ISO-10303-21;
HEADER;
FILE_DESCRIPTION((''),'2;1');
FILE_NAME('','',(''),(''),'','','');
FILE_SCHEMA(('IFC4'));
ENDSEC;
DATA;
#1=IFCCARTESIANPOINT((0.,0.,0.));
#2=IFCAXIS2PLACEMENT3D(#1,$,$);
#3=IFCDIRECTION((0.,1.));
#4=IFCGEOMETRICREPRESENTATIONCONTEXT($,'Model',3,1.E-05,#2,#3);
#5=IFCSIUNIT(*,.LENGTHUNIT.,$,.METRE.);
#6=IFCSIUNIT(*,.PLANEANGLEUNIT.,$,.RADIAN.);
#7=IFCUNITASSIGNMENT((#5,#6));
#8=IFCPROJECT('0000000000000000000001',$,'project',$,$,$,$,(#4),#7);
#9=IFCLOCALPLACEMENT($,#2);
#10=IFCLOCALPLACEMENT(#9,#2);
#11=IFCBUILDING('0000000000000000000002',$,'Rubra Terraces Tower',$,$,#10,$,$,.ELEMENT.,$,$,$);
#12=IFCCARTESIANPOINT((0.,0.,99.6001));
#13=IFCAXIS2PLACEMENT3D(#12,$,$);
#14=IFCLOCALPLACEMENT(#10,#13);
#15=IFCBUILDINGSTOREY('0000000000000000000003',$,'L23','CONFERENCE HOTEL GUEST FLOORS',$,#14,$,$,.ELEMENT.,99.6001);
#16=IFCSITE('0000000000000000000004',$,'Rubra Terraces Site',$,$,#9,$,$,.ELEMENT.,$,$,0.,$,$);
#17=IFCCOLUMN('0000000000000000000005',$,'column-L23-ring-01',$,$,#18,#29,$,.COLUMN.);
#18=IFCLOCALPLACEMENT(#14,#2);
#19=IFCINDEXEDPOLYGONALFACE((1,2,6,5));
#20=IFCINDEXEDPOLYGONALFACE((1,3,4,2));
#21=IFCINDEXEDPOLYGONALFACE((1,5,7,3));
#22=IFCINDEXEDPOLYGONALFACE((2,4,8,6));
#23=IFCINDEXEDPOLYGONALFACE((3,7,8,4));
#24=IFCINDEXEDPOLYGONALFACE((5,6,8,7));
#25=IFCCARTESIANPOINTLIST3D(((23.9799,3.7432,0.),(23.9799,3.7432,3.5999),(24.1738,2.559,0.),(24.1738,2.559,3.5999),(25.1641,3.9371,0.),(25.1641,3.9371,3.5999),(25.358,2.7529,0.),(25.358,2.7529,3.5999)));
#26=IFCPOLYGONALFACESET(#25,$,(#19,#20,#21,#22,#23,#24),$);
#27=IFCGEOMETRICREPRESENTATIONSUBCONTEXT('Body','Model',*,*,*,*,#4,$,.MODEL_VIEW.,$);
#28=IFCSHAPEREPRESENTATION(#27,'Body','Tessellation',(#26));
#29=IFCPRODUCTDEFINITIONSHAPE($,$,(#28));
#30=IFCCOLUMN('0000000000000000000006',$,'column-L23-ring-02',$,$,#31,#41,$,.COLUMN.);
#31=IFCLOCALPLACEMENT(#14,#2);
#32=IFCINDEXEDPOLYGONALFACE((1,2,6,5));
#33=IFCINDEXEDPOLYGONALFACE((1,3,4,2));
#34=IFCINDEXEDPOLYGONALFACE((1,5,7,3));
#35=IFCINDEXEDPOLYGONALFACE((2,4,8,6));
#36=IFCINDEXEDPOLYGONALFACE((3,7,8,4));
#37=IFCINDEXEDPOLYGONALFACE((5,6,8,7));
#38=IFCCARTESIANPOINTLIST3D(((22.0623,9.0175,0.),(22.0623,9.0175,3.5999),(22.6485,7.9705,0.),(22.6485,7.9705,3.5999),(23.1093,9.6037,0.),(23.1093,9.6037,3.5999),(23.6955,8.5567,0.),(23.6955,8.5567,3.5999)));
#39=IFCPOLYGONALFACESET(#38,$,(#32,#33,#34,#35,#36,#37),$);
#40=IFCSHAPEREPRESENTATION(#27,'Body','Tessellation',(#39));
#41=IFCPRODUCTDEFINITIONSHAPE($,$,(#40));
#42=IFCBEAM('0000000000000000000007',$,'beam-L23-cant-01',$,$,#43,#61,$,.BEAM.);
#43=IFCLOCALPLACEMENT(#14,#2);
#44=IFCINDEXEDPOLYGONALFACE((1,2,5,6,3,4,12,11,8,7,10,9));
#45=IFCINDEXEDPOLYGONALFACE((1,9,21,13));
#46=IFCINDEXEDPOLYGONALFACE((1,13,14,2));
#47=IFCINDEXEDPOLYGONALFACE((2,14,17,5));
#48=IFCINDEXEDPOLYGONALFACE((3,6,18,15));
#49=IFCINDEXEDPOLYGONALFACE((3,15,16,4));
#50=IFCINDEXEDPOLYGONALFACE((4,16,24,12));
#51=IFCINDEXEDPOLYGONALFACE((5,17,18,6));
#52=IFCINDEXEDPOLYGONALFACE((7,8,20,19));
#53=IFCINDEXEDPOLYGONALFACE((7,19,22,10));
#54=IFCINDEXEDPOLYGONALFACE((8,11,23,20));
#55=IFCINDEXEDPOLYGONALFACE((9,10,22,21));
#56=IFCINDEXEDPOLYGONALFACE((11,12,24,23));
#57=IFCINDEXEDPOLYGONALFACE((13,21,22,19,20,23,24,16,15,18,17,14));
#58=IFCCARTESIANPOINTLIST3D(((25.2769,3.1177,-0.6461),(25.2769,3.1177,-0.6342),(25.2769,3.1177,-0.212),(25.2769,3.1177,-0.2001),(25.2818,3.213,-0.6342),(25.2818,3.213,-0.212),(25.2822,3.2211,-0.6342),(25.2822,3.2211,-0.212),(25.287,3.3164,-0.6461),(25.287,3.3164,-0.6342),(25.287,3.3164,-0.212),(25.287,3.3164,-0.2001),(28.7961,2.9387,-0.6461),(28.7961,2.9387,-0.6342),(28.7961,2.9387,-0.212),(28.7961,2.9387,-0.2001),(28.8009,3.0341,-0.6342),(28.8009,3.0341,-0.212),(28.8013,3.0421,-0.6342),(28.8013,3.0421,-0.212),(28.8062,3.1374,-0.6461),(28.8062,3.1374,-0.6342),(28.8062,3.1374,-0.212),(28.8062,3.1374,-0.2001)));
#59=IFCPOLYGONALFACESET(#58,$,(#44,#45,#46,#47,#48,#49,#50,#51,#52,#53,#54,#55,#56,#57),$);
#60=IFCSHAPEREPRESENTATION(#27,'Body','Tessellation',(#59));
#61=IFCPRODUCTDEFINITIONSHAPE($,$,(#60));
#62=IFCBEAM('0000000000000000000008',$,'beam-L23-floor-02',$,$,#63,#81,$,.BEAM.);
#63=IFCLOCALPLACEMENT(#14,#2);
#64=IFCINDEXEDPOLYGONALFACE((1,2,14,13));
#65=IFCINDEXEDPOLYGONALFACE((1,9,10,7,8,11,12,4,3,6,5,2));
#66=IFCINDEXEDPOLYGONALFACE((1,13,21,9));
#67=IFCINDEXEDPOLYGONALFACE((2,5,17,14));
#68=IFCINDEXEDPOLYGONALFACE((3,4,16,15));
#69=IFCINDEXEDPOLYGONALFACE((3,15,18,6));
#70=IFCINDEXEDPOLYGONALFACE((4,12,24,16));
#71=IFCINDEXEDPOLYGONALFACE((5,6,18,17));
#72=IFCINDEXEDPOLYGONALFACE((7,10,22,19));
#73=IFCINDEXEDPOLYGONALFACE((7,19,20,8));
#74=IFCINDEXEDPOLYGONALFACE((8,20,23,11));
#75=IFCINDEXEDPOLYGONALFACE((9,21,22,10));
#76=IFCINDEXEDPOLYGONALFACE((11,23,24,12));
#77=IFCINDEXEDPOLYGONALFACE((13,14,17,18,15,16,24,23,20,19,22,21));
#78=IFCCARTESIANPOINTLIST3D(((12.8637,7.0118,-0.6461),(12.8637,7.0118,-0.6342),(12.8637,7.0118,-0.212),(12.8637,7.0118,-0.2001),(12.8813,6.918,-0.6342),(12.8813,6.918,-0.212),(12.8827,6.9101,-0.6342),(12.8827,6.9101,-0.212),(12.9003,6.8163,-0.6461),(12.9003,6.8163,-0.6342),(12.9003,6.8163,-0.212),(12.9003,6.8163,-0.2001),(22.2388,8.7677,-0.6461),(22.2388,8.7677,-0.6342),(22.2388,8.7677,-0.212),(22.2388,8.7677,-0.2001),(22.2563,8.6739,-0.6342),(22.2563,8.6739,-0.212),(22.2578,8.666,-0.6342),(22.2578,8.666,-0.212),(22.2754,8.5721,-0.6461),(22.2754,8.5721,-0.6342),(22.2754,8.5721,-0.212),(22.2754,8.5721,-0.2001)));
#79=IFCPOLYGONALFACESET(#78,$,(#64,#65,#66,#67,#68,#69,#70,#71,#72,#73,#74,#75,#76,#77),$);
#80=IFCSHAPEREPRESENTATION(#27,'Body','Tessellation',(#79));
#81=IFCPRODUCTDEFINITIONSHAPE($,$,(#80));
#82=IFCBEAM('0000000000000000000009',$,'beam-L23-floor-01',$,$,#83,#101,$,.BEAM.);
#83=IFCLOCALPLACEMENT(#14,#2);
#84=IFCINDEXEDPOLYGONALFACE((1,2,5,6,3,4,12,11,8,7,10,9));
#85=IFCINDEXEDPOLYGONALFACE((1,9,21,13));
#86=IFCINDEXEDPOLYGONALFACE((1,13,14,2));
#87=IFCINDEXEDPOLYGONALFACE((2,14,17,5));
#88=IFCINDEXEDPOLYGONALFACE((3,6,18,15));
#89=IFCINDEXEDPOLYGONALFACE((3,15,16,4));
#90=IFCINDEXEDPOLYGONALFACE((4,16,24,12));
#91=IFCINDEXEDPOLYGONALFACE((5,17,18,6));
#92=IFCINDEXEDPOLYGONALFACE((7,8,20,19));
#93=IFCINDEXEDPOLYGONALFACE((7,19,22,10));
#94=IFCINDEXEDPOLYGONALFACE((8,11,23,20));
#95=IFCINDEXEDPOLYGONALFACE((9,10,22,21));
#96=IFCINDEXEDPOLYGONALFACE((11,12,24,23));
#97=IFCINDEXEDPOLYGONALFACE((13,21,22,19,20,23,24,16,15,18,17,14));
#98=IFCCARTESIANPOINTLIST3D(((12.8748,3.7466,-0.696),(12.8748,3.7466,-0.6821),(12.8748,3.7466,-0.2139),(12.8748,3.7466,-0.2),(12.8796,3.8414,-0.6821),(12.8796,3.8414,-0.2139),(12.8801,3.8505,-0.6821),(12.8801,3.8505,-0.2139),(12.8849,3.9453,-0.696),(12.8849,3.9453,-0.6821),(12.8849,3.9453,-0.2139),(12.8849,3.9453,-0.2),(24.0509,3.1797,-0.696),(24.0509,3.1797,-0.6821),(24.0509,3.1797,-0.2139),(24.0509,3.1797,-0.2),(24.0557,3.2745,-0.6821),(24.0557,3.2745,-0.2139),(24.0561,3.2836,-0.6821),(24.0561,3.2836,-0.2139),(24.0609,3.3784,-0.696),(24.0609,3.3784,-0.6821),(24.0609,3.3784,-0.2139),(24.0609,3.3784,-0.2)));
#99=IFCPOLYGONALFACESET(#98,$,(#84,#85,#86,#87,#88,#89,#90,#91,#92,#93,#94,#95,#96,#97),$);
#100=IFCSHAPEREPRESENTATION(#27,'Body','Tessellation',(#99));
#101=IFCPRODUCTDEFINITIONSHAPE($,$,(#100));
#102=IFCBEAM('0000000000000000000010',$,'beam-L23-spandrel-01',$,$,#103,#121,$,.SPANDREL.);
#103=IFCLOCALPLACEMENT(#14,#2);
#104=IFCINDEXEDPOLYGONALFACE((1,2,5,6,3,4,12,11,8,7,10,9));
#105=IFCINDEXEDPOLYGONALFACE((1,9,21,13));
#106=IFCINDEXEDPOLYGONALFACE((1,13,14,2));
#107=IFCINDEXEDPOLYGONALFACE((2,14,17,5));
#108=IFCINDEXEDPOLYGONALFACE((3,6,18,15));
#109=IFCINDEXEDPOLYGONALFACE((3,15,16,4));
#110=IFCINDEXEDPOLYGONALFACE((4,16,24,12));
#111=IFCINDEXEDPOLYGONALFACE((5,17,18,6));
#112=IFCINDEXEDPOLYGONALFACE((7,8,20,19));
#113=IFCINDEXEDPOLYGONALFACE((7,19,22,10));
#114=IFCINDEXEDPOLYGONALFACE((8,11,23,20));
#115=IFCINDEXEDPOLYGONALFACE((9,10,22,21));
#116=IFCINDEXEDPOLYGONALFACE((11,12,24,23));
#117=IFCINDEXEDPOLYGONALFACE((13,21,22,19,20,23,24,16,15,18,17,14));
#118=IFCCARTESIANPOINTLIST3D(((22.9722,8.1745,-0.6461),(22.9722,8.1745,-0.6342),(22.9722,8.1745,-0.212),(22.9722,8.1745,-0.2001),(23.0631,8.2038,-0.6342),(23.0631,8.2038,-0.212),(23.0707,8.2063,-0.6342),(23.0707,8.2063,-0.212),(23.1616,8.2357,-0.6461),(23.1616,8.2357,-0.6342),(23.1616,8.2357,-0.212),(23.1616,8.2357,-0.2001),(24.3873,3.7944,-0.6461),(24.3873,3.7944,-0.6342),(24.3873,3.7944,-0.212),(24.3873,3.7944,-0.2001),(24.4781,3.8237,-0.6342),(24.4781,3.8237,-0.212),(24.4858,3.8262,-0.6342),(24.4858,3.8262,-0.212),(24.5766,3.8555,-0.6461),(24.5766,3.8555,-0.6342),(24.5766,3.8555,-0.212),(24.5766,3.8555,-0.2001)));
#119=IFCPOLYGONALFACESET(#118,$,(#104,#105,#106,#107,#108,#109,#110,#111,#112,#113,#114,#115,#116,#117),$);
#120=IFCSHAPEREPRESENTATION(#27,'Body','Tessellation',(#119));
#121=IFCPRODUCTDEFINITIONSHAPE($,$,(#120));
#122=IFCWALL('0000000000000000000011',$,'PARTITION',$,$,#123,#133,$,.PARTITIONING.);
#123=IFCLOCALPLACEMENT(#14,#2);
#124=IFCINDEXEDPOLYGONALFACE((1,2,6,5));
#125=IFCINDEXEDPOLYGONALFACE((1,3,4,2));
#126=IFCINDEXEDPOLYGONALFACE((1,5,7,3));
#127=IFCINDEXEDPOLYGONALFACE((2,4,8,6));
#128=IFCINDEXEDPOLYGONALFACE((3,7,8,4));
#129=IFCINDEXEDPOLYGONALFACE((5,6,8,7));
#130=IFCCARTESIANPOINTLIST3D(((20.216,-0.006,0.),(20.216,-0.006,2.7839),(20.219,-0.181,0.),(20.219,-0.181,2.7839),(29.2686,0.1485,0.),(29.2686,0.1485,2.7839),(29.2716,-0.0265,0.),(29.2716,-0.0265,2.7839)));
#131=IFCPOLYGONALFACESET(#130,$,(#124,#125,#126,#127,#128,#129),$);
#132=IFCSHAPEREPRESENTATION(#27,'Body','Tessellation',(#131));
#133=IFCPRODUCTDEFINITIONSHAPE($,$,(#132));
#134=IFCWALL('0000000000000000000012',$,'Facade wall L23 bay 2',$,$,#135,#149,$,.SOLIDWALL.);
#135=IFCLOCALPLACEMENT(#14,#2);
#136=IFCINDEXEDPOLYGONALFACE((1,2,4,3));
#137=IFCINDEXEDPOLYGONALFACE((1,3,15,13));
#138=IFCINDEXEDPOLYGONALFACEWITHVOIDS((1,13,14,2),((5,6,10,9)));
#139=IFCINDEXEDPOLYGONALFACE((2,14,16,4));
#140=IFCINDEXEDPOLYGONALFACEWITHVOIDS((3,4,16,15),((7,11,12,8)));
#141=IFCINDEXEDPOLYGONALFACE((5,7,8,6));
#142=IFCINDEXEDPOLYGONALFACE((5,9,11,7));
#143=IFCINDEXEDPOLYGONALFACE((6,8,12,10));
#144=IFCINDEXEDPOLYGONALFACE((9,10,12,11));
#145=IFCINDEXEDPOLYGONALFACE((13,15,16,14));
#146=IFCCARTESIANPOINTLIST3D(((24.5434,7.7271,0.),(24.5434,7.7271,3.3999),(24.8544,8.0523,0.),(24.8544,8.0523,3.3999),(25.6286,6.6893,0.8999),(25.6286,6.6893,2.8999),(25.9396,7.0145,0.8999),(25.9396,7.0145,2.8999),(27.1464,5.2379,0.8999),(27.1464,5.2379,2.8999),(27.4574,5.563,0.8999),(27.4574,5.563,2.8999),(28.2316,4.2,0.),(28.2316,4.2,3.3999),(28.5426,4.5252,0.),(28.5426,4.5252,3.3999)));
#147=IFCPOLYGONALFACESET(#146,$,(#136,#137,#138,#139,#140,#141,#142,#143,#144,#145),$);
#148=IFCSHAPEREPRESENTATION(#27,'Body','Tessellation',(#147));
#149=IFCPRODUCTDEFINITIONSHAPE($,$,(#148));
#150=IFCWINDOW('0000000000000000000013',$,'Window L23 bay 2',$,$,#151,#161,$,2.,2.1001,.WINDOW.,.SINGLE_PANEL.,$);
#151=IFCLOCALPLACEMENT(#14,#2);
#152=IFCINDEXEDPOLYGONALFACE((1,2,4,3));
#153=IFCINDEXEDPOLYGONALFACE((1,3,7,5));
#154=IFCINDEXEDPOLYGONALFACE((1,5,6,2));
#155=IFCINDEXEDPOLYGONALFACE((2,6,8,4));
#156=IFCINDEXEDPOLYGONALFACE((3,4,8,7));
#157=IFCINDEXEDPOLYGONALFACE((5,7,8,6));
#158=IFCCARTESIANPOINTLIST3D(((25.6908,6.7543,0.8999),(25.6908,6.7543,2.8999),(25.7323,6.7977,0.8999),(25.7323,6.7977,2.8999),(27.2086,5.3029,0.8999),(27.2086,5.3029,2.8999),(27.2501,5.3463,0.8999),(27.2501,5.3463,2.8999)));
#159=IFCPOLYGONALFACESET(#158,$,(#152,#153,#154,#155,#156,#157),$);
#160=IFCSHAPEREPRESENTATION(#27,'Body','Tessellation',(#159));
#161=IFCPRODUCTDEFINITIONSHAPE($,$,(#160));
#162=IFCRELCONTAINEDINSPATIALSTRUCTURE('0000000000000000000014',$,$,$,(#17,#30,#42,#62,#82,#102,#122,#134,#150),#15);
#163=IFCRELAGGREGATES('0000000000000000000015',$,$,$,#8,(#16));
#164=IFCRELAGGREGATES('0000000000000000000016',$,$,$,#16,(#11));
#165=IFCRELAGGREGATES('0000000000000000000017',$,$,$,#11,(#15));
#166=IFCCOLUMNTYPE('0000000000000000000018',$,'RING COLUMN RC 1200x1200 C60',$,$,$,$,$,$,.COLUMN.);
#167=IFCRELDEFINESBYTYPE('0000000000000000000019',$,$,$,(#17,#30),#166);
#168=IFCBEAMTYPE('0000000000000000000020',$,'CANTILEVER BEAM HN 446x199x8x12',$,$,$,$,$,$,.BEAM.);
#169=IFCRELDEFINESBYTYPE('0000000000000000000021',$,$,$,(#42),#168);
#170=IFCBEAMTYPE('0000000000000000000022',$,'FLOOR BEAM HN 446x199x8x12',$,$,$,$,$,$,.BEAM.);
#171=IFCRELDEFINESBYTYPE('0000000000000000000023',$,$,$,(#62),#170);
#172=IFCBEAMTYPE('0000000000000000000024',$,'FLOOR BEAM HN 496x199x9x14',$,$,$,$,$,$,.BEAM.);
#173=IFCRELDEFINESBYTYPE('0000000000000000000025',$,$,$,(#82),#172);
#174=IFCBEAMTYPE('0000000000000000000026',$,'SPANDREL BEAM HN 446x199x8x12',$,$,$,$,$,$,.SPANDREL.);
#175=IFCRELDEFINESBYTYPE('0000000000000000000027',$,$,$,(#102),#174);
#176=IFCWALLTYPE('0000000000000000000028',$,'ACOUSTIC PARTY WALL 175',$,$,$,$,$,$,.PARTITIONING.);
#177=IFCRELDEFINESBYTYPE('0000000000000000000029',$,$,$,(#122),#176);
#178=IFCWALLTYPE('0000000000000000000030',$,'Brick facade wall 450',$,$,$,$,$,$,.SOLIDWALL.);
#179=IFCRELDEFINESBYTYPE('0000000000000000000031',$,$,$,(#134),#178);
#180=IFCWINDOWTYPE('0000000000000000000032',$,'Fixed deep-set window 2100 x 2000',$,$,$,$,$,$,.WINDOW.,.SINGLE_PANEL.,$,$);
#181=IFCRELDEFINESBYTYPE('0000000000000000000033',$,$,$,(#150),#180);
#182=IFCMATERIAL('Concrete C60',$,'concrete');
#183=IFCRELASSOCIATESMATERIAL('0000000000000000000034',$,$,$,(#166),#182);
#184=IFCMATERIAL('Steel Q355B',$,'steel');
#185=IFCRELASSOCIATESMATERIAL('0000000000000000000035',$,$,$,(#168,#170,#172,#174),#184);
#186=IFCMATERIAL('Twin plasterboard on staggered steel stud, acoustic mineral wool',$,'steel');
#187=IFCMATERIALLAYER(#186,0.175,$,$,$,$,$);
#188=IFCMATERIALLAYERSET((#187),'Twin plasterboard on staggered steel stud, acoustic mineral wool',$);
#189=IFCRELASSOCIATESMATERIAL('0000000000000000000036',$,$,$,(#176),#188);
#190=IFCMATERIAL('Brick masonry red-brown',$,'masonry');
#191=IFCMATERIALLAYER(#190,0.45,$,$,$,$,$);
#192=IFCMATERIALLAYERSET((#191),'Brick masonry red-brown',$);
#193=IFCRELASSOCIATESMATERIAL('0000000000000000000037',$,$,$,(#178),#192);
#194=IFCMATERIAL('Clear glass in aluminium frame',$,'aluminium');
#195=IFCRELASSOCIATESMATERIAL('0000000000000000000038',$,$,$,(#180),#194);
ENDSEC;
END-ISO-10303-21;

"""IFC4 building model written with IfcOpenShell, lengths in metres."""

from ifc_helpers import new_model, si_unit, direction, frame, frame_2d, origin, origin_2d, place, context, subcontext, project, spatial, rectangle, i_section, extrude, material, layer, layer_set, material_profile, profile_set, type_object, element, fill, save


model = new_model("IFC4")

# Units and contexts
model_context = context("Model", 3, precision=1e-05, world=origin(), true_north=direction((0.0, 1.0)))
body_context = subcontext(model_context, "Body", "Model", "MODEL_VIEW")
ifc_project = project(units=[si_unit("LENGTHUNIT", "METRE"), si_unit("PLANEANGLEUNIT", "RADIAN")], contexts=[model_context])

# Site, building, storey
site_placement = place(None, origin())
site = spatial("IfcSite", under=ifc_project, at=site_placement, Name="Rubra Terraces Site", CompositionType="ELEMENT", RefElevation=0.0)
building_placement = place(site_placement, origin())
building = spatial("IfcBuilding", under=site, at=building_placement, Name="Rubra Terraces Tower", CompositionType="ELEMENT")
storey_placement = place(building_placement, frame((0.0, 0.0, 99.6001)))
storey = spatial("IfcBuildingStorey", under=building, at=storey_placement, Name="L23", Description="CONFERENCE HOTEL GUEST FLOORS", CompositionType="ELEMENT", Elevation=99.6001)

# Columns
ifc_material_1 = material(Name="Concrete C60", Category="concrete")
ifc_material_profile_1 = material_profile(ifc_material_1, rectangle(XDim=1.2, YDim=1.2, at=origin_2d()), Name="RC 1200x1200")
ifc_profile_set_1 = profile_set([ifc_material_profile_1], Name="Concrete C60")
column_type = type_object("IfcColumnType", Name="RING COLUMN RC 1200x1200 C60", PredefinedType="COLUMN", material=ifc_profile_set_1)
for number, where, z_axis, x_axis, name in (
    (1, (24.6689, 3.248, 0.0), (0.0, 0.0, 1.0), (-0.161559, 0.986863, 0.0), "column-L23-ring-01"),
    (2, (22.8789, 8.7871, 0.0), (0.0, 0.0, 1.0), (-0.488526, 0.872549, 0.0), "column-L23-ring-02"),
):
    element("IfcColumn", number, at=place(storey_placement, frame(where, z_axis=z_axis, x_axis=x_axis)), inside=storey, type_object=column_type, Name=name, PredefinedType="COLUMN", context=body_context, shape_type="SweptSolid", body=[
        extrude(rectangle(XDim=1.2, YDim=1.2, at=origin_2d()), origin(), (0.0, 0.0, 1.0), 3.5999),
    ])

# Beams
ifc_material_2 = material(Name="Steel Q355B", Category="steel")
ifc_material_profile_2 = material_profile(ifc_material_2, i_section(OverallWidth=0.199, OverallDepth=0.446, WebThickness=0.0081, FlangeThickness=0.012, at=origin_2d()), Name="HN 446x199x8x12")
ifc_profile_set_2 = profile_set([ifc_material_profile_2], Name="Steel Q355B")
beam_type_1 = type_object("IfcBeamType", Name="CANTILEVER BEAM HN 446x199x8x12", PredefinedType="BEAM", material=ifc_profile_set_2)
beam_1_placement = place(storey_placement, frame((25.282, 3.217, -0.4231), z_axis=(0.998709, -0.050788, 0.0), x_axis=(0.050788, 0.998709, 0.0)))
element("IfcBeam", 3, at=beam_1_placement, inside=storey, type_object=beam_type_1, Name="beam-L23-cant-01", PredefinedType="BEAM", context=body_context, shape_type="SweptSolid", body=[
    extrude(i_section(OverallWidth=0.199, OverallDepth=0.446, WebThickness=0.0081, FlangeThickness=0.012, at=origin_2d()), origin(), (0.0, 0.0, 1.0), 3.5237),
])
ifc_material_profile_3 = material_profile(ifc_material_2, i_section(OverallWidth=0.199, OverallDepth=0.446, WebThickness=0.0081, FlangeThickness=0.012, at=origin_2d()), Name="HN 446x199x8x12")
ifc_profile_set_3 = profile_set([ifc_material_profile_3], Name="Steel Q355B")
beam_type_2 = type_object("IfcBeamType", Name="FLOOR BEAM HN 446x199x8x12", PredefinedType="BEAM", material=ifc_profile_set_3)
beam_2_placement = place(storey_placement, frame((22.2571, 8.6699, -0.4231), z_axis=(-0.982909, -0.184091, 0.0), x_axis=(0.184091, -0.982909, 0.0)))
element("IfcBeam", 4, at=beam_2_placement, inside=storey, type_object=beam_type_2, Name="beam-L23-floor-02", PredefinedType="BEAM", context=body_context, shape_type="SweptSolid", body=[
    extrude(i_section(OverallWidth=0.199, OverallDepth=0.446, WebThickness=0.0081, FlangeThickness=0.012, at=origin_2d()), origin(), (0.0, 0.0, 1.0), 9.5381),
])
ifc_material_profile_4 = material_profile(ifc_material_2, i_section(OverallWidth=0.199, OverallDepth=0.4961, WebThickness=0.009, FlangeThickness=0.0139, at=origin_2d()), Name="HN 496x199x9x14")
ifc_profile_set_4 = profile_set([ifc_material_profile_4], Name="Steel Q355B")
beam_type_3 = type_object("IfcBeamType", Name="FLOOR BEAM HN 496x199x9x14", PredefinedType="BEAM", material=ifc_profile_set_4)
beam_3_placement = place(storey_placement, frame((24.0559, 3.2791, -0.448), z_axis=(-0.998716, 0.050659, 0.0), x_axis=(-0.050659, -0.998716, 0.0)))
element("IfcBeam", 5, at=beam_3_placement, inside=storey, type_object=beam_type_3, Name="beam-L23-floor-01", PredefinedType="BEAM", context=body_context, shape_type="SweptSolid", body=[
    extrude(i_section(OverallWidth=0.199, OverallDepth=0.4961, WebThickness=0.009, FlangeThickness=0.0139, at=origin_2d()), origin(), (0.0, 0.0, 1.0), 11.1904),
])
ifc_material_profile_5 = material_profile(ifc_material_2, i_section(OverallWidth=0.199, OverallDepth=0.446, WebThickness=0.0081, FlangeThickness=0.012, at=origin_2d()), Name="HN 446x199x8x12")
ifc_profile_set_5 = profile_set([ifc_material_profile_5], Name="Steel Q355B")
beam_type_4 = type_object("IfcBeamType", Name="SPANDREL BEAM HN 446x199x8x12", PredefinedType="SPANDREL", material=ifc_profile_set_5)
beam_4_placement = place(storey_placement, frame((24.4819, 3.825, -0.4231), z_axis=(-0.307415, 0.951576, 0.0), x_axis=(-0.951576, -0.307415, 0.0)))
element("IfcBeam", 6, at=beam_4_placement, inside=storey, type_object=beam_type_4, Name="beam-L23-spandrel-01", PredefinedType="SPANDREL", context=body_context, shape_type="SweptSolid", body=[
    extrude(i_section(OverallWidth=0.199, OverallDepth=0.446, WebThickness=0.0081, FlangeThickness=0.012, at=origin_2d()), origin(), (0.0, 0.0, 1.0), 4.603),
])

# Wall
ifc_material_3 = material(Name="Twin plasterboard on staggered steel stud, acoustic mineral wool", Category="steel")
ifc_layer_1 = layer(ifc_material_3, 0.175)
ifc_layer_set_1 = layer_set([ifc_layer_1], Name="Twin plasterboard on staggered steel stud, acoustic mineral wool")
wall_type_1 = type_object("IfcWallType", Name="ACOUSTIC PARTY WALL 175", PredefinedType="PARTITIONING", material=ifc_layer_set_1)
wall_1_placement = place(storey_placement, frame((29.27, 0.061, 0.0), z_axis=(0.0, 0.0, 1.0), x_axis=(-0.999854, -0.017069, 0.0)))
element("IfcWall", 7, at=wall_1_placement, inside=storey, type_object=wall_type_1, Name="PARTITION", PredefinedType="PARTITIONING", context=body_context, shape_type="SweptSolid", body=[
    extrude(rectangle(XDim=9.054, YDim=0.175, at=frame_2d((4.5269, 0.0))), origin(), (0.0, 0.0, 1.0), 2.7839),
])

# Wall, opening, window
ifc_material_4 = material(Name="Brick masonry red-brown", Category="masonry")
ifc_layer_2 = layer(ifc_material_4, 0.45)
ifc_layer_set_2 = layer_set([ifc_layer_2], Name="Brick masonry red-brown")
wall_type_2 = type_object("IfcWallType", Name="Brick facade wall 450", PredefinedType="SOLIDWALL", material=ifc_layer_set_2)
wall_2_placement = place(storey_placement, frame((28.3872, 4.3625, 0.0), z_axis=(0.0, 0.0, 1.0), x_axis=(-0.722718, 0.691143, 0.0)))
wall_2 = element("IfcWall", 8, at=wall_2_placement, inside=storey, type_object=wall_type_2, Name="Facade wall L23 bay 2", PredefinedType="SOLIDWALL", context=body_context, shape_type="SweptSolid", body=[
    extrude(rectangle(XDim=5.1033, YDim=0.45, at=frame_2d((2.5518, 0.0))), origin(), (0.0, 0.0, 1.0), 3.3999),
])
opening_1_placement = place(wall_2_placement, frame((1.5017, 0.0, 0.8999)))
opening_1 = element("IfcOpeningElement", 9, at=opening_1_placement, cuts=wall_2, PredefinedType="OPENING", context=body_context, shape_type="SweptSolid", body=[
    extrude(rectangle(XDim=2.1001, YDim=2.0, at=frame_2d((1.05, 1.0))), frame((0.0, 0.2349, 0.0), z_axis=(0.0, -1.0, 0.0), x_axis=(1.0, 0.0, 0.0)), (0.0, 0.0, 1.0), 0.47),
])
ifc_material_5 = material(Name="Clear glass in aluminium frame", Category="aluminium")
window_type_1 = type_object("IfcWindowType", Name="Fixed deep-set window 2100 x 2000", PartitioningType="SINGLE_PANEL", PredefinedType="WINDOW", material=ifc_material_5)
window_1_placement = place(opening_1_placement, origin())
window_1 = element("IfcWindow", 10, at=window_1_placement, inside=storey, type_object=window_type_1, Name="Window L23 bay 2", OverallHeight=2.0, OverallWidth=2.1001, PartitioningType="SINGLE_PANEL", PredefinedType="WINDOW", context=body_context, shape_type="SweptSolid", body=[
    extrude(rectangle(XDim=2.1001, YDim=2.0, at=frame_2d((1.05, 1.0))), frame((0.0, 0.135, 0.0), z_axis=(0.0, -1.0, 0.0), x_axis=(1.0, 0.0, 0.0)), (0.0, 0.0, 1.0), 0.0601),
])
fill(opening_1, window_1)

save(model, "model.ifc")
